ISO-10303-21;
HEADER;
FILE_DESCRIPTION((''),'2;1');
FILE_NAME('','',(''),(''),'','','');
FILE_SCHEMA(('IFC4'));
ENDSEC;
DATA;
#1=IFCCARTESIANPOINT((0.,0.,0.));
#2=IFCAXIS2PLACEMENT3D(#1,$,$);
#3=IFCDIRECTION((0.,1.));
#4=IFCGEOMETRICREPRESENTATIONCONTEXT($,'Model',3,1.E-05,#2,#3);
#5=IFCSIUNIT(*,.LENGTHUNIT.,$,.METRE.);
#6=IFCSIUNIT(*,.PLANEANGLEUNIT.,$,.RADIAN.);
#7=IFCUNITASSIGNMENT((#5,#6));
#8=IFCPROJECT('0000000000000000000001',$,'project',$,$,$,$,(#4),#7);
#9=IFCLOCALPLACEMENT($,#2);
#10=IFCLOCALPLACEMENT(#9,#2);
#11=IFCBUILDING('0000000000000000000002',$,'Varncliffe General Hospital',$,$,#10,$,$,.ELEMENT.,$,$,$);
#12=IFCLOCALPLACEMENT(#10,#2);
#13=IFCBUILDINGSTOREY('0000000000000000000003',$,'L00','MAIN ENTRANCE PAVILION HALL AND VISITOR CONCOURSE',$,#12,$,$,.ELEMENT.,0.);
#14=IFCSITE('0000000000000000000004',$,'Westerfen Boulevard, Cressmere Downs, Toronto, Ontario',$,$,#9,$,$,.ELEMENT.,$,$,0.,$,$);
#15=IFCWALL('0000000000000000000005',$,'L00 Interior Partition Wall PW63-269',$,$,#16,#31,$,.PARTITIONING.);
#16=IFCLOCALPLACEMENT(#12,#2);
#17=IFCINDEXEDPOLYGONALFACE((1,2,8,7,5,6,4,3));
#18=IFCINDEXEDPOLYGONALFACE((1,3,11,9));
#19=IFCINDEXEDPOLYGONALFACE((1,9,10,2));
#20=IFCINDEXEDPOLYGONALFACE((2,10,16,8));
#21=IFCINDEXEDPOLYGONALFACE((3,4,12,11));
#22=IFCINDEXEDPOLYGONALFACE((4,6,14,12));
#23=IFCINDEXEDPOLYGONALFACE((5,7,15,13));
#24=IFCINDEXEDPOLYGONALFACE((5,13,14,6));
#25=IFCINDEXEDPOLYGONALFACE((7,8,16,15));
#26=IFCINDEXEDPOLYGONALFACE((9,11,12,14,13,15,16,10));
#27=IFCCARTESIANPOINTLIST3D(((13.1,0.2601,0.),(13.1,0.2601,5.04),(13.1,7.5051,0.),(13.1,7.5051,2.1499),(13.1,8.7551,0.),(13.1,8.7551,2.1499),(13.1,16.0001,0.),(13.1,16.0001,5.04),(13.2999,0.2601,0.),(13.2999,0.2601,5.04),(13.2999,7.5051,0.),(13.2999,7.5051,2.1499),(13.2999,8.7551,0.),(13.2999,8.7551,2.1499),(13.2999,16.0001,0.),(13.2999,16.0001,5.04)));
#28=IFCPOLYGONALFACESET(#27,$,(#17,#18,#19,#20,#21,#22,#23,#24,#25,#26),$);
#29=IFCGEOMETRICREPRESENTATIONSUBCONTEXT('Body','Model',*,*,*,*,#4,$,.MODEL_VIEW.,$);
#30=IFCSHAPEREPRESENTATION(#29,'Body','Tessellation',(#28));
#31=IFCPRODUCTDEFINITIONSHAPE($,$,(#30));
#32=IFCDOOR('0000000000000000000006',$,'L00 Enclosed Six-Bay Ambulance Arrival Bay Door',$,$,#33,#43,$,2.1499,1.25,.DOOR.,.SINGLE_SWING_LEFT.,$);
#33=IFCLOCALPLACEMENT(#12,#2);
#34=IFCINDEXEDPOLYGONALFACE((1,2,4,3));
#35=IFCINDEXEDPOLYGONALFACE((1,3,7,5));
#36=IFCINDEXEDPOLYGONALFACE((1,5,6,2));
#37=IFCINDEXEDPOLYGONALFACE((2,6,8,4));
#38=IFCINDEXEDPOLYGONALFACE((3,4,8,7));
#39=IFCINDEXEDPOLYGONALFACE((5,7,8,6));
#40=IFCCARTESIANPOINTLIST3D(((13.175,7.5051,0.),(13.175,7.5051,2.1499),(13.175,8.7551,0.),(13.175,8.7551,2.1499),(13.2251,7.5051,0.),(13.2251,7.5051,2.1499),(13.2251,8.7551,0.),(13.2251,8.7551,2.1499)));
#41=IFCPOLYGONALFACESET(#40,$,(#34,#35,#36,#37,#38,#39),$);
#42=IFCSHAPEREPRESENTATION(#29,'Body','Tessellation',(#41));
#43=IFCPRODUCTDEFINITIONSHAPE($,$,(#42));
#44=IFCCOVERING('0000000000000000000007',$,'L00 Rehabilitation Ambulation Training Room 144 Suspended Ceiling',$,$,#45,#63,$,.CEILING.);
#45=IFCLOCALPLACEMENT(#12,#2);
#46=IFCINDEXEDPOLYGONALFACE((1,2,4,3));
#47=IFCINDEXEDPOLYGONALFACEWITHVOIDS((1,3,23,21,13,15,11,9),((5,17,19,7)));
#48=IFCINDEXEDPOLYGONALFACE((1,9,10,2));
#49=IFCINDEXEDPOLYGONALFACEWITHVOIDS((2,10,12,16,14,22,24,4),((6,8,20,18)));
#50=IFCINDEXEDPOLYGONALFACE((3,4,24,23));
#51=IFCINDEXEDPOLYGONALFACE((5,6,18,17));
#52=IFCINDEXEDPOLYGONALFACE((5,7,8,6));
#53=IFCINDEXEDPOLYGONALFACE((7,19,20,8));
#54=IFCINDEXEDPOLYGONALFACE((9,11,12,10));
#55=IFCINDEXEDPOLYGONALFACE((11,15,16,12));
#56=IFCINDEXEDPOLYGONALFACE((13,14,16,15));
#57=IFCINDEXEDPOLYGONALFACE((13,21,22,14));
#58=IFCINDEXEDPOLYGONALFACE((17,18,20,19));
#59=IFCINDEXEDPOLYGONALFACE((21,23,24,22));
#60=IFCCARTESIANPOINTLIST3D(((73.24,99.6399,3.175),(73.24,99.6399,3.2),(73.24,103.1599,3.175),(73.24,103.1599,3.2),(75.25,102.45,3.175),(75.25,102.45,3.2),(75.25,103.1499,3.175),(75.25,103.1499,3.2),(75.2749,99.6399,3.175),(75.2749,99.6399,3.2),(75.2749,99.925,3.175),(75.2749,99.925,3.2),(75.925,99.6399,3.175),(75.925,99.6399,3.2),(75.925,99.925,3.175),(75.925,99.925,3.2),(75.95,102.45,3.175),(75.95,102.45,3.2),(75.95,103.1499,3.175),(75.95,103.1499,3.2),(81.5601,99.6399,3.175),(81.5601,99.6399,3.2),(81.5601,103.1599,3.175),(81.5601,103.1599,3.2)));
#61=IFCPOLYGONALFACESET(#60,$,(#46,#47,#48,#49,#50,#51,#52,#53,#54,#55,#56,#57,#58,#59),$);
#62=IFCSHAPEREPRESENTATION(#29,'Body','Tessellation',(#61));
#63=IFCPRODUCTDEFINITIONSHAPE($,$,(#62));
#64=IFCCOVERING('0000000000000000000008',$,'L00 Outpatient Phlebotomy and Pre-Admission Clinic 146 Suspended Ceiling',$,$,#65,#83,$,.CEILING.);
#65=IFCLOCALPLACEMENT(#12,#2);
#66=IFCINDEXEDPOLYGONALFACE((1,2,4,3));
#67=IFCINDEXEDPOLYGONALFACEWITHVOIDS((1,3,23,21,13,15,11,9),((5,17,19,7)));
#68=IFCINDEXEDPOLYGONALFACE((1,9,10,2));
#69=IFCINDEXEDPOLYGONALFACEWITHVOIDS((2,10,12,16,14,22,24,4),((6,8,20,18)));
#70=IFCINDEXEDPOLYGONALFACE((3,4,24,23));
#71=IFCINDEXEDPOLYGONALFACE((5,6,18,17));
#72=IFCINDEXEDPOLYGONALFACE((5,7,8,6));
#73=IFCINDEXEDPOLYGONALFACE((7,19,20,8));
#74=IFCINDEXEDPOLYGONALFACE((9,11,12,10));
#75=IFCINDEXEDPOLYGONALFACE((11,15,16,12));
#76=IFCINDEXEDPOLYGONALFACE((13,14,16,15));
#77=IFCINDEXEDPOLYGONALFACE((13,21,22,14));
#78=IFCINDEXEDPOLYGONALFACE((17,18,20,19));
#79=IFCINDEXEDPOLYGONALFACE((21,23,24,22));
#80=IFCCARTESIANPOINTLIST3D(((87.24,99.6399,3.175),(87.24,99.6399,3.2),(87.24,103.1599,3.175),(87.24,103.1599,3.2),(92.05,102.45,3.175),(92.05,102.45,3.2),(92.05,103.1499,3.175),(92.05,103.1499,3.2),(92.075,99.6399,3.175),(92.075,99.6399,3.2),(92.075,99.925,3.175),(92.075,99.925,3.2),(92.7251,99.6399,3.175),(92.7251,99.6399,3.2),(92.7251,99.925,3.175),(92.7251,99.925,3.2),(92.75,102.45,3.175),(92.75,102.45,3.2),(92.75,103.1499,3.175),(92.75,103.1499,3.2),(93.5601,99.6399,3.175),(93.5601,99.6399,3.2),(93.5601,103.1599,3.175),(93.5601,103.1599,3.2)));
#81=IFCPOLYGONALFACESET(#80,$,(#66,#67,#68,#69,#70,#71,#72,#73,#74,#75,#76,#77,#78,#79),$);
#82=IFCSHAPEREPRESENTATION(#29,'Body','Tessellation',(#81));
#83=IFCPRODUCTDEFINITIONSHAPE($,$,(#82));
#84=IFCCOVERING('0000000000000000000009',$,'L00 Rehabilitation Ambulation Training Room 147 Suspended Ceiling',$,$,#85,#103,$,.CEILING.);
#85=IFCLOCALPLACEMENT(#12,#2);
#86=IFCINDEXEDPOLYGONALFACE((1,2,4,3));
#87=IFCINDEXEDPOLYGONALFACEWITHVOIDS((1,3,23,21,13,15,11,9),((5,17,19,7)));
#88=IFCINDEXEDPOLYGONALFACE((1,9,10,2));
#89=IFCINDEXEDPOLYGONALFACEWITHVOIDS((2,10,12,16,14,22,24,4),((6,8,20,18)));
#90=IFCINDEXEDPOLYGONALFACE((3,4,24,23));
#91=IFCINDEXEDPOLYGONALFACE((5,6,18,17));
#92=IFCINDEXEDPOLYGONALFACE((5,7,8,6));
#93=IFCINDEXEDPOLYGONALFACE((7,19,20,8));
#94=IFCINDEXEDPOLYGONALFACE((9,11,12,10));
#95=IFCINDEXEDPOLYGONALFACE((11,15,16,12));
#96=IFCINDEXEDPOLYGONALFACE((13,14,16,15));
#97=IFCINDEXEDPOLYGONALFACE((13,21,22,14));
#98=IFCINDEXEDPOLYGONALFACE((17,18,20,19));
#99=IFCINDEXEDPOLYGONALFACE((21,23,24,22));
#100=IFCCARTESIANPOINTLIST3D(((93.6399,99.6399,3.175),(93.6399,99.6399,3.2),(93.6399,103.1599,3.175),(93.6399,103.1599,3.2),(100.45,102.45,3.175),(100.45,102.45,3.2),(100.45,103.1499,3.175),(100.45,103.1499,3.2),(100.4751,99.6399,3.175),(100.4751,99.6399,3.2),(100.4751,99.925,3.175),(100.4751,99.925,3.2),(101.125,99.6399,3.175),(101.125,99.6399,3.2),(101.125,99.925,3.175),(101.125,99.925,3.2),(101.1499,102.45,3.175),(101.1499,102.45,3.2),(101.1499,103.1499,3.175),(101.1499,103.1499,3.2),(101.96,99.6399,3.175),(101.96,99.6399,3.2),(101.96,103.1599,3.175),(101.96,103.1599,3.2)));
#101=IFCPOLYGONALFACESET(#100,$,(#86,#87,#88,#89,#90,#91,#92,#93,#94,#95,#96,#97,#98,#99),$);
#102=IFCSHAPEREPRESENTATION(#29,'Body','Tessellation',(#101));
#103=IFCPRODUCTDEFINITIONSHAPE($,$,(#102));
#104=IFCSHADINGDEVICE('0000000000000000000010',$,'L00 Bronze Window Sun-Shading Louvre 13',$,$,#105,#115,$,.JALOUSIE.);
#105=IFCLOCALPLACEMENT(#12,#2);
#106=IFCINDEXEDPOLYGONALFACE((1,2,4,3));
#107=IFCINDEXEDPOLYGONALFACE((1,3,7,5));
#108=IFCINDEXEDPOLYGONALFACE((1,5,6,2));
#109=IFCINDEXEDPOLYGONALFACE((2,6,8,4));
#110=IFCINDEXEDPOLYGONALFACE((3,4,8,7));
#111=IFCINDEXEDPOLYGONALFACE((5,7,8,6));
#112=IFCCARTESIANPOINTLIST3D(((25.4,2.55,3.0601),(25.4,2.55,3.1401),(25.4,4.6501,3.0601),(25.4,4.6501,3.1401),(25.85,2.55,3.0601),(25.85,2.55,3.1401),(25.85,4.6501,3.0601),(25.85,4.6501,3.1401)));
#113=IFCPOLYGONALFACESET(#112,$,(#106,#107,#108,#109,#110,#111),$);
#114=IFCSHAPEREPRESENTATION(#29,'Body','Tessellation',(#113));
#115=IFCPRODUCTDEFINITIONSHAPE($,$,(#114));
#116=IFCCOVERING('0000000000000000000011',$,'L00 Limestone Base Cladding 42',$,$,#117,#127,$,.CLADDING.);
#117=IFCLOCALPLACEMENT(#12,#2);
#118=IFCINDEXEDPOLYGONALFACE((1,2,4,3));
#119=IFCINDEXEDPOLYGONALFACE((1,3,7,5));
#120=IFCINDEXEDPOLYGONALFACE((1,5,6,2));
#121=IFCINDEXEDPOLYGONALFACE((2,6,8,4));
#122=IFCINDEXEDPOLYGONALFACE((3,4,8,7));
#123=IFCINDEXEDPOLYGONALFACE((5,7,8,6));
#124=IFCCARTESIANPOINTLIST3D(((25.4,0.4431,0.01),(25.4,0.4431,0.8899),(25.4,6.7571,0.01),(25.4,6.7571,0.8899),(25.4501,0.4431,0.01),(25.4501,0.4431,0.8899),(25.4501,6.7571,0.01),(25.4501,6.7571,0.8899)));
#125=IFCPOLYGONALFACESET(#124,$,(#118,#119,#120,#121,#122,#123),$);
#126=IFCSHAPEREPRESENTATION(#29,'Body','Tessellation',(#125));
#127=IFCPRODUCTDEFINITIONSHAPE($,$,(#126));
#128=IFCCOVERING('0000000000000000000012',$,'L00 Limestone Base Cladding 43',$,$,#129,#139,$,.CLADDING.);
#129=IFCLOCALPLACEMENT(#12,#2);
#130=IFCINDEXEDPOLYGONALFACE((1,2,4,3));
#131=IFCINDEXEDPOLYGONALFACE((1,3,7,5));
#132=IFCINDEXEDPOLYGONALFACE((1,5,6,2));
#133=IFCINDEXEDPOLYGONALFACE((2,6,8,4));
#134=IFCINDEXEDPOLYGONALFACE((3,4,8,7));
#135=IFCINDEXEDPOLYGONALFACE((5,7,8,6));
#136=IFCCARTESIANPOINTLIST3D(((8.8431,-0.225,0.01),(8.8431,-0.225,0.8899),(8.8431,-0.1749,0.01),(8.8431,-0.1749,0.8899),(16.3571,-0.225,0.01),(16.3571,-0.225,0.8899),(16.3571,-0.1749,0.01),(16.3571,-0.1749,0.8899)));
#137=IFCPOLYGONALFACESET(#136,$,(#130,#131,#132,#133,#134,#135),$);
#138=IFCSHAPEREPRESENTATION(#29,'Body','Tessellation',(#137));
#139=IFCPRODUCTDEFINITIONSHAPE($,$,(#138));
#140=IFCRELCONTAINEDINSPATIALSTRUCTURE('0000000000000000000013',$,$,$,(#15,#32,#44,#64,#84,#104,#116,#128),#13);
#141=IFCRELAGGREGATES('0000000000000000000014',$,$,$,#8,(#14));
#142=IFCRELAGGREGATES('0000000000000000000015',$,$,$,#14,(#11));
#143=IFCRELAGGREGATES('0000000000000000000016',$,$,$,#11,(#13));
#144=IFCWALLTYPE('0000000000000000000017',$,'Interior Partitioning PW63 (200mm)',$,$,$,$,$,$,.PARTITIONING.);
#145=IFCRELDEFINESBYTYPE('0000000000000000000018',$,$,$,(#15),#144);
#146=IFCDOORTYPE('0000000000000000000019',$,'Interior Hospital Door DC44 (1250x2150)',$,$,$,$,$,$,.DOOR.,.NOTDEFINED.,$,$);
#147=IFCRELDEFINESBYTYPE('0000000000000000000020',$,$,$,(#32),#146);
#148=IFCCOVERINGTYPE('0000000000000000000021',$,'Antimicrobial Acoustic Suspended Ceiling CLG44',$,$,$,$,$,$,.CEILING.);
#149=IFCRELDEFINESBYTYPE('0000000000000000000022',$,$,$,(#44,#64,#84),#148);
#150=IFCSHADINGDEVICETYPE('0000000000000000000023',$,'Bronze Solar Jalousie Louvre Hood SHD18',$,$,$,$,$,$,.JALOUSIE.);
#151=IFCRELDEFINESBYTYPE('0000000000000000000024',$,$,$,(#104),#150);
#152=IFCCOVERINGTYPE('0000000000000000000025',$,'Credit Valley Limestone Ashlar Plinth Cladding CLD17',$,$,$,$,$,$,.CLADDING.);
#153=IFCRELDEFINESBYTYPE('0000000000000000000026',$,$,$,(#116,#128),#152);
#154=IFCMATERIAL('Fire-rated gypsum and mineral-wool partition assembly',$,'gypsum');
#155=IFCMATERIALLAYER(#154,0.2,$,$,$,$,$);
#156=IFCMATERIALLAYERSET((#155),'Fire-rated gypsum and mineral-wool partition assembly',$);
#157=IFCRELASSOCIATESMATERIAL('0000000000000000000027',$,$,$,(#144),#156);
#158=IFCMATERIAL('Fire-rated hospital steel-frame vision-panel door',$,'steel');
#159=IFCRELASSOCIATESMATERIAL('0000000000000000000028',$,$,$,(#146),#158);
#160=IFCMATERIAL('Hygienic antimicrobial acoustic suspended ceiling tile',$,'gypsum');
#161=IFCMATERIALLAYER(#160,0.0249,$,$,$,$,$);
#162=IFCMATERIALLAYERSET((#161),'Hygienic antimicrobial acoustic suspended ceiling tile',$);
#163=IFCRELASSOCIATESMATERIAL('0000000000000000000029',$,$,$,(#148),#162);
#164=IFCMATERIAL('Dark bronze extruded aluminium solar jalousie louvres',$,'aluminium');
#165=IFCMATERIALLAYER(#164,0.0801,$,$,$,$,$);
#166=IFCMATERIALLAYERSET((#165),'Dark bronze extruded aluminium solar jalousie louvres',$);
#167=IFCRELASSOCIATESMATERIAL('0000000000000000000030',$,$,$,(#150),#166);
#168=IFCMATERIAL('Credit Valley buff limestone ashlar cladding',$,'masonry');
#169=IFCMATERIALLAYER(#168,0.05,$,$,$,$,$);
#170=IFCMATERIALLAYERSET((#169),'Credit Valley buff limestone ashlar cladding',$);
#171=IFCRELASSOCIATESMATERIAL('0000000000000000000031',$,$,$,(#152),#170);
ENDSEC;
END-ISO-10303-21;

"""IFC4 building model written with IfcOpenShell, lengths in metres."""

from ifc_helpers import new_model, si_unit, direction, frame, frame_2d, origin, origin_2d, place, context, subcontext, project, spatial, polyline, rectangle, outline, extrude, material, layer, layer_set, type_object, element, fill, save


model = new_model("IFC4")

# Units and contexts
model_context = context("Model", 3, precision=1e-05, world=origin(), true_north=direction((0.0, 1.0)))
body_context = subcontext(model_context, "Body", "Model", "MODEL_VIEW")
ifc_project = project(units=[si_unit("LENGTHUNIT", "METRE"), si_unit("PLANEANGLEUNIT", "RADIAN")], contexts=[model_context])

# Site, building, storey
site_placement = place(None, origin())
site = spatial("IfcSite", under=ifc_project, at=site_placement, Name="Westerfen Boulevard, Cressmere Downs, Toronto, Ontario", CompositionType="ELEMENT", RefElevation=0.0)
building_placement = place(site_placement, origin())
building = spatial("IfcBuilding", under=site, at=building_placement, Name="Varncliffe General Hospital", CompositionType="ELEMENT")
storey_placement = place(building_placement, origin())
storey = spatial("IfcBuildingStorey", under=building, at=storey_placement, Name="L00", Description="MAIN ENTRANCE PAVILION HALL AND VISITOR CONCOURSE", CompositionType="ELEMENT", Elevation=0.0)

# Wall, opening, door
ifc_material_1 = material(Name="Fire-rated gypsum and mineral-wool partition assembly", Category="gypsum")
ifc_layer_1 = layer(ifc_material_1, 0.2)
ifc_layer_set_1 = layer_set([ifc_layer_1], Name="Fire-rated gypsum and mineral-wool partition assembly")
wall_type_1 = type_object("IfcWallType", Name="Interior Partitioning PW63 (200mm)", PredefinedType="PARTITIONING", material=ifc_layer_set_1)
wall_1_placement = place(storey_placement, frame((13.2, 0.26, 0.0), z_axis=(0.0, 0.0, 1.0), x_axis=(0.0, 1.0, 0.0)))
wall_1 = element("IfcWall", 1, at=wall_1_placement, inside=storey, type_object=wall_type_1, Name="L00 Interior Partition Wall PW63-269", PredefinedType="PARTITIONING", context=body_context, shape_type="SweptSolid", body=[
    extrude(rectangle(XDim=15.74, YDim=0.2, at=frame_2d((7.8701, 0.0))), origin(), (0.0, 0.0, 1.0), 5.04),
])
opening_1_placement = place(wall_1_placement, frame((7.2451, 0.0, 0.0)))
opening_1 = element("IfcOpeningElement", 2, at=opening_1_placement, cuts=wall_1, PredefinedType="OPENING", context=body_context, shape_type="SweptSolid", body=[
    extrude(rectangle(XDim=1.25, YDim=2.1499, at=frame_2d((0.625, 1.075))), frame((0.0, 0.1099, 0.0), z_axis=(0.0, -1.0, 0.0), x_axis=(1.0, 0.0, 0.0)), (0.0, 0.0, 1.0), 0.22),
])
ifc_material_2 = material(Name="Fire-rated hospital steel-frame vision-panel door", Category="steel")
door_type_1 = type_object("IfcDoorType", Name="Interior Hospital Door DC44 (1250x2150)", OperationType="NOTDEFINED", PredefinedType="DOOR", material=ifc_material_2)
door_1_placement = place(opening_1_placement, origin())
door_1 = element("IfcDoor", 3, at=door_1_placement, inside=storey, type_object=door_type_1, Name="L00 Enclosed Six-Bay Ambulance Arrival Bay Door", OperationType="SINGLE_SWING_LEFT", OverallHeight=2.1499, OverallWidth=1.25, PredefinedType="DOOR", context=body_context, shape_type="SweptSolid", body=[
    extrude(rectangle(XDim=1.25, YDim=2.1499, at=frame_2d((0.625, 1.075))), frame((0.0, 0.0249, 0.0), z_axis=(0.0, -1.0, 0.0), x_axis=(1.0, 0.0, 0.0)), (0.0, 0.0, 1.0), 0.05),
])
fill(opening_1, door_1)

# Coverings
ifc_material_3 = material(Name="Hygienic antimicrobial acoustic suspended ceiling tile", Category="gypsum")
ifc_layer_2 = layer(ifc_material_3, 0.0249)
ifc_layer_set_2 = layer_set([ifc_layer_2], Name="Hygienic antimicrobial acoustic suspended ceiling tile")
covering_type_1 = type_object("IfcCoveringType", Name="Antimicrobial Acoustic Suspended Ceiling CLG44", PredefinedType="CEILING", material=ifc_layer_set_2)
covering_1_placement = place(storey_placement, frame((0.0, 0.0, 3.175)))
element("IfcCovering", 4, at=covering_1_placement, inside=storey, type_object=covering_type_1, Name="L00 Rehabilitation Ambulation Training Room 144 Suspended Ceiling", PredefinedType="CEILING", context=body_context, shape_type="SweptSolid", body=[
    extrude(outline(polyline([(73.24, 99.6399), (73.24, 103.1599), (81.5601, 103.1599), (81.5601, 99.6399), (75.925, 99.6399), (75.925, 99.925), (75.2749, 99.925), (75.2749, 99.6399), (73.24, 99.6399)]), holes=[polyline([(75.95, 102.45), (75.95, 103.1499), (75.25, 103.1499), (75.25, 102.45), (75.95, 102.45)])]), origin(), (0.0, 0.0, 1.0), 0.0249),
])
covering_2_placement = place(storey_placement, frame((0.0, 0.0, 3.175)))
element("IfcCovering", 5, at=covering_2_placement, inside=storey, type_object=covering_type_1, Name="L00 Outpatient Phlebotomy and Pre-Admission Clinic 146 Suspended Ceiling", PredefinedType="CEILING", context=body_context, shape_type="SweptSolid", body=[
    extrude(outline(polyline([(87.24, 99.6399), (87.24, 103.1599), (93.5601, 103.1599), (93.5601, 99.6399), (92.7251, 99.6399), (92.7251, 99.925), (92.075, 99.925), (92.075, 99.6399), (87.24, 99.6399)]), holes=[polyline([(92.75, 102.45), (92.75, 103.1499), (92.05, 103.1499), (92.05, 102.45), (92.75, 102.45)])]), origin(), (0.0, 0.0, 1.0), 0.0249),
])
covering_3_placement = place(storey_placement, frame((0.0, 0.0, 3.175)))
element("IfcCovering", 6, at=covering_3_placement, inside=storey, type_object=covering_type_1, Name="L00 Rehabilitation Ambulation Training Room 147 Suspended Ceiling", PredefinedType="CEILING", context=body_context, shape_type="SweptSolid", body=[
    extrude(outline(polyline([(93.6399, 99.6399), (93.6399, 103.1599), (101.96, 103.1599), (101.96, 99.6399), (101.125, 99.6399), (101.125, 99.925), (100.4751, 99.925), (100.4751, 99.6399), (93.6399, 99.6399)]), holes=[polyline([(101.1499, 102.45), (101.1499, 103.1499), (100.45, 103.1499), (100.45, 102.45), (101.1499, 102.45)])]), origin(), (0.0, 0.0, 1.0), 0.0249),
])

# Shading device
ifc_material_4 = material(Name="Dark bronze extruded aluminium solar jalousie louvres", Category="aluminium")
ifc_layer_3 = layer(ifc_material_4, 0.0801)
ifc_layer_set_3 = layer_set([ifc_layer_3], Name="Dark bronze extruded aluminium solar jalousie louvres")
shading_device_type = type_object("IfcShadingDeviceType", Name="Bronze Solar Jalousie Louvre Hood SHD18", PredefinedType="JALOUSIE", material=ifc_layer_set_3)
shading_device_placement = place(storey_placement, frame((25.625, 3.6001, 3.0601), z_axis=(0.0, 0.0, 1.0), x_axis=(0.0, -1.0, 0.0)))
element("IfcShadingDevice", 7, at=shading_device_placement, inside=storey, type_object=shading_device_type, Name="L00 Bronze Window Sun-Shading Louvre 13", PredefinedType="JALOUSIE", context=body_context, shape_type="SweptSolid", body=[
    extrude(rectangle(XDim=2.1001, YDim=0.45, at=origin_2d()), origin(), (0.0, 0.0, 1.0), 0.0801),
])

# Coverings
ifc_material_5 = material(Name="Credit Valley buff limestone ashlar cladding", Category="masonry")
ifc_layer_4 = layer(ifc_material_5, 0.05)
ifc_layer_set_4 = layer_set([ifc_layer_4], Name="Credit Valley buff limestone ashlar cladding")
covering_type_2 = type_object("IfcCoveringType", Name="Credit Valley Limestone Ashlar Plinth Cladding CLD17", PredefinedType="CLADDING", material=ifc_layer_set_4)
covering_4_placement = place(storey_placement, frame((25.425, 3.6001, 0.01), z_axis=(0.0, 0.0, 1.0), x_axis=(0.0, -1.0, 0.0)))
element("IfcCovering", 8, at=covering_4_placement, inside=storey, type_object=covering_type_2, Name="L00 Limestone Base Cladding 42", PredefinedType="CLADDING", context=body_context, shape_type="SweptSolid", body=[
    extrude(rectangle(XDim=6.314, YDim=0.05, at=origin_2d()), origin(), (0.0, 0.0, 1.0), 0.8799),
])
covering_5_placement = place(storey_placement, frame((12.6001, -0.2, 0.01), z_axis=(0.0, 0.0, 1.0), x_axis=(-1.0, 0.0, 0.0)))
element("IfcCovering", 9, at=covering_5_placement, inside=storey, type_object=covering_type_2, Name="L00 Limestone Base Cladding 43", PredefinedType="CLADDING", context=body_context, shape_type="SweptSolid", body=[
    extrude(rectangle(XDim=7.5139, YDim=0.05, at=origin_2d()), origin(), (0.0, 0.0, 1.0), 0.8799),
])

save(model, "model.ifc")
